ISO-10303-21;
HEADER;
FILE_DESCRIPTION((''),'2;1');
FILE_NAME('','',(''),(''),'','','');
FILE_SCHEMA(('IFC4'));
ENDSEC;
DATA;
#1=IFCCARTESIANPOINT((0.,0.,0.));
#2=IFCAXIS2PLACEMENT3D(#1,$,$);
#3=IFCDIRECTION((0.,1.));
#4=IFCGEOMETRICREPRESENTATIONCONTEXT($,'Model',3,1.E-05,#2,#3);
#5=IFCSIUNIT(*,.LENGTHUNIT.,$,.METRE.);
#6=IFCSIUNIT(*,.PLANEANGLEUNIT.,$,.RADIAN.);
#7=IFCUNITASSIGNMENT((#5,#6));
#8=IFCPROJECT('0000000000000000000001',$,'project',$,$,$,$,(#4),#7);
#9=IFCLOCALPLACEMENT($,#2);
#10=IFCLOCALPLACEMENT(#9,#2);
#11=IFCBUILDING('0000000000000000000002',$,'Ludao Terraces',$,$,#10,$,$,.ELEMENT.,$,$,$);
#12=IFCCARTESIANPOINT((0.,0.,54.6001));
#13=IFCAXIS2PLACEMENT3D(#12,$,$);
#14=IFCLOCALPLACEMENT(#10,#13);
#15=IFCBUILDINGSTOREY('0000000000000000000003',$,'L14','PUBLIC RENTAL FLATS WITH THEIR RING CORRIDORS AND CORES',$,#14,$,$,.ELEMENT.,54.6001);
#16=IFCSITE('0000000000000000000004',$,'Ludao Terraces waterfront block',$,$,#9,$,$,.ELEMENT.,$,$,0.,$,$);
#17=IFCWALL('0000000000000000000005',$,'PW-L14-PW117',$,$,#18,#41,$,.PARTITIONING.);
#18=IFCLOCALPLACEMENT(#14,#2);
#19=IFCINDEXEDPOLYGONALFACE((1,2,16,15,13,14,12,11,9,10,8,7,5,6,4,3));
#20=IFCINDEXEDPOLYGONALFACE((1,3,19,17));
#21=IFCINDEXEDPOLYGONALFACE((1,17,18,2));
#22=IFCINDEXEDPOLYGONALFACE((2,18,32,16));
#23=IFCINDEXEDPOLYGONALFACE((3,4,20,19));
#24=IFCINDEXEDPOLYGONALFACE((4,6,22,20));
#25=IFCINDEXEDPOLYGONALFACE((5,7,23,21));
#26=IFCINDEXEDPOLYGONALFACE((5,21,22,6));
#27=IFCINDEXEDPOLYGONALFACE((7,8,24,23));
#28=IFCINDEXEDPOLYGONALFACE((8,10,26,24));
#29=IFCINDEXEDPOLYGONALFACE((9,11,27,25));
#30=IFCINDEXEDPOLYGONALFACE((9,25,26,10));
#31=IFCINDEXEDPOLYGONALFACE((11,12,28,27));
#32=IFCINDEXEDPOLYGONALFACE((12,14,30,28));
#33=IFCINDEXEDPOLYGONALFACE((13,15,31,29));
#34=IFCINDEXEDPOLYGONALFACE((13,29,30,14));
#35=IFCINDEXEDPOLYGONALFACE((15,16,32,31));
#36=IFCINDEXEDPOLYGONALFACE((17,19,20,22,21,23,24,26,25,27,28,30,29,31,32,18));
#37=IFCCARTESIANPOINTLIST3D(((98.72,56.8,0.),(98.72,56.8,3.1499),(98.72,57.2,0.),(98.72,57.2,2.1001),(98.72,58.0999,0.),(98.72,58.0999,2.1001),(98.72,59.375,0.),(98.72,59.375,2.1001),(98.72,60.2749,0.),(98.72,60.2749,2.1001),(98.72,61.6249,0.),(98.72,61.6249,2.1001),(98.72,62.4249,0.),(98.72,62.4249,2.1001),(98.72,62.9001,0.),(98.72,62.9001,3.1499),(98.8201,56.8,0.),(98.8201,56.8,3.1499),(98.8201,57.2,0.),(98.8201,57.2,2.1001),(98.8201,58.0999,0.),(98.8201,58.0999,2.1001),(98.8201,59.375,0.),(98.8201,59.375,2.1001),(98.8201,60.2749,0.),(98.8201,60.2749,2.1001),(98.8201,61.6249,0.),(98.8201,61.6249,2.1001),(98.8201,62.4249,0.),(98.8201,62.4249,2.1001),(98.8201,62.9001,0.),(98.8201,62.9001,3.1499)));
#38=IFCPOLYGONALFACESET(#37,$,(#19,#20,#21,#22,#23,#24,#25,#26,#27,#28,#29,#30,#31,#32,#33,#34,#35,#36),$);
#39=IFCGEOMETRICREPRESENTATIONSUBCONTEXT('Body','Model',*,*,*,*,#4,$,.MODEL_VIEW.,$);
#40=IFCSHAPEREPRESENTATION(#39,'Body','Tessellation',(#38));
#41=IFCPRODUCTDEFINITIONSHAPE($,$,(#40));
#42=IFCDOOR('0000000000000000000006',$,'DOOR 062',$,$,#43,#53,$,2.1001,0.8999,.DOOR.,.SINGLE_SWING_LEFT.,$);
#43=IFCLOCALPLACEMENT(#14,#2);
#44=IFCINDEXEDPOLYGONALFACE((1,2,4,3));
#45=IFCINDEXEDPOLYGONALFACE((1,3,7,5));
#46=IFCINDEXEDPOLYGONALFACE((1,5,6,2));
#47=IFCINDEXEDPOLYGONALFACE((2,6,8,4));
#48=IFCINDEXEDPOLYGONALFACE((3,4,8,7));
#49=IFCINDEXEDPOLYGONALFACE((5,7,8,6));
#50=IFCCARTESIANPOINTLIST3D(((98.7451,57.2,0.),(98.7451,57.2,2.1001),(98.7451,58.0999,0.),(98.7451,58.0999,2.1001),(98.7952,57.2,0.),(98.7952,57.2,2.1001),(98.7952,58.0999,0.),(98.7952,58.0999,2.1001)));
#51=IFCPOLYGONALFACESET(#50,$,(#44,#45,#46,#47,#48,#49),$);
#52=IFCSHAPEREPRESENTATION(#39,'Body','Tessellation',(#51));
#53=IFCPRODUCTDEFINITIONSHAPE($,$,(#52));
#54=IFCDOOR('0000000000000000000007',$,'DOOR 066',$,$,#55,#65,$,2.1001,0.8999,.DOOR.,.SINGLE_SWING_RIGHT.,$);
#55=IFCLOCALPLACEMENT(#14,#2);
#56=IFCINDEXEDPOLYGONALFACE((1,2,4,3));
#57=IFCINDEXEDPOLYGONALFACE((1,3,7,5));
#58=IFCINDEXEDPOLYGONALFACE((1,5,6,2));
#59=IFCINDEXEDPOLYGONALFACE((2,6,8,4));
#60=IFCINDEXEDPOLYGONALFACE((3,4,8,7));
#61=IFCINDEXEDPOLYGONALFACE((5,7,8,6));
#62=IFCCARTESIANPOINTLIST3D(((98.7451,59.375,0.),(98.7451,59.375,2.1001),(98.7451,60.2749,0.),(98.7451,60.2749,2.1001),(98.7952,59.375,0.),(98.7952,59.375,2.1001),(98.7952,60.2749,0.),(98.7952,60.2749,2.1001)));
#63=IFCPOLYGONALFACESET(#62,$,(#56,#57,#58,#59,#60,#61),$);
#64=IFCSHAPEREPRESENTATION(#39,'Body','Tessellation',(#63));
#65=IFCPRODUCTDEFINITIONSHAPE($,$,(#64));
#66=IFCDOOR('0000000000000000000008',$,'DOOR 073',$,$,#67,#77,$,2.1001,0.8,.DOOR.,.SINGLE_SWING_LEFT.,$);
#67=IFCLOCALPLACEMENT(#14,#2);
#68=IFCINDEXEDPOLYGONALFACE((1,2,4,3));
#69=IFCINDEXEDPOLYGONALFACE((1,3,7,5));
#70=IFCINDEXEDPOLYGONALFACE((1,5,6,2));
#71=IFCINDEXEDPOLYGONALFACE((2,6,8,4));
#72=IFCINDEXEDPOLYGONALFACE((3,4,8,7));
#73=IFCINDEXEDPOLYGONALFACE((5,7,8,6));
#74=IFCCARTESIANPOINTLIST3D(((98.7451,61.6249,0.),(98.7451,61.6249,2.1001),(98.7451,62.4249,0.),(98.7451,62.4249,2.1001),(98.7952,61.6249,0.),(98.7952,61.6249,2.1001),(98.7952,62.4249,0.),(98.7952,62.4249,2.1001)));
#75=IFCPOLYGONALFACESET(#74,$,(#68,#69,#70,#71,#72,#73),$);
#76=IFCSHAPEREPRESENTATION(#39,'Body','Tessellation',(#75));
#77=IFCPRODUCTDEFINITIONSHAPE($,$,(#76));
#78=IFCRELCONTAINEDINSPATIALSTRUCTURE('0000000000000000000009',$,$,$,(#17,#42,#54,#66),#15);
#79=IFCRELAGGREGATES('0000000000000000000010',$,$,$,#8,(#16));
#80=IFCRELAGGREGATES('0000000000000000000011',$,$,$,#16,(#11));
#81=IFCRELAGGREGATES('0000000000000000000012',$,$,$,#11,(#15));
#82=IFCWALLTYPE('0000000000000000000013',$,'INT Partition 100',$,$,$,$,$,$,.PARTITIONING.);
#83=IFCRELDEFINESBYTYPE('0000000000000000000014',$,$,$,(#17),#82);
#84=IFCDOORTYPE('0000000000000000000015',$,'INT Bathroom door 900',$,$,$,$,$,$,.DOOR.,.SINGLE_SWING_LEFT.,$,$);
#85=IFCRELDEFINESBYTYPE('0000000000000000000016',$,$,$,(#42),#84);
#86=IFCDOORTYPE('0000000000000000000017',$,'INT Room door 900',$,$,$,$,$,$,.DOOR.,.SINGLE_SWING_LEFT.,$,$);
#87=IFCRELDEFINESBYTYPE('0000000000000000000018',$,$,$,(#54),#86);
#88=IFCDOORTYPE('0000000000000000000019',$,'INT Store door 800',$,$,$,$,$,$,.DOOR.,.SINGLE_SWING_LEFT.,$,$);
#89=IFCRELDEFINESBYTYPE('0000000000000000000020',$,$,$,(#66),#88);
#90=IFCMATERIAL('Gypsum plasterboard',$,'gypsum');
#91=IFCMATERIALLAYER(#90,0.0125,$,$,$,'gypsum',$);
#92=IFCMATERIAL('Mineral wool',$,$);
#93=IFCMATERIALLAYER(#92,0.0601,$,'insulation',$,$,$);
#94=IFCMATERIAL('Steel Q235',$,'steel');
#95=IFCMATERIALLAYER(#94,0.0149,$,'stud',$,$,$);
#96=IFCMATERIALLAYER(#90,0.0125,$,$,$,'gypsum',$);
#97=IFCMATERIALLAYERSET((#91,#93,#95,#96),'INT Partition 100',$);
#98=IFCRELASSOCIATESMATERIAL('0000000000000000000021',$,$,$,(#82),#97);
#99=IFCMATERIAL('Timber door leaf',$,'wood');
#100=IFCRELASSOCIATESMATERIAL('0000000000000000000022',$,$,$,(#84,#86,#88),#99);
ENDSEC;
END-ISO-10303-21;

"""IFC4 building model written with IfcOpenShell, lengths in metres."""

from ifc_helpers import new_model, si_unit, direction, frame, frame_2d, origin, place, context, subcontext, project, spatial, rectangle, extrude, material, layer, layer_set, type_object, element, fill, save


model = new_model("IFC4")

# Units and contexts
model_context = context("Model", 3, precision=1e-05, world=origin(), true_north=direction((0.0, 1.0)))
body_context = subcontext(model_context, "Body", "Model", "MODEL_VIEW")
ifc_project = project(units=[si_unit("LENGTHUNIT", "METRE"), si_unit("PLANEANGLEUNIT", "RADIAN")], contexts=[model_context])

# Site, building, storey
site_placement = place(None, origin())
site = spatial("IfcSite", under=ifc_project, at=site_placement, Name="Ludao Terraces waterfront block", CompositionType="ELEMENT", RefElevation=0.0)
building_placement = place(site_placement, origin())
building = spatial("IfcBuilding", under=site, at=building_placement, Name="Ludao Terraces", CompositionType="ELEMENT")
storey_placement = place(building_placement, frame((0.0, 0.0, 54.6001)))
storey = spatial("IfcBuildingStorey", under=building, at=storey_placement, Name="L14", Description="PUBLIC RENTAL FLATS WITH THEIR RING CORRIDORS AND CORES", CompositionType="ELEMENT", Elevation=54.6001)

# Shared definitions
ifc_material_1 = material(Name="Steel Q235", Category="steel")

# Shared definitions
ifc_material_2 = material(Name="Gypsum plasterboard", Category="gypsum")
ifc_layer_1 = layer(ifc_material_2, 0.0125, Category="gypsum")
ifc_material_3 = material(Name="Mineral wool")
ifc_layer_2 = layer(ifc_material_3, 0.0601, Name="insulation")
ifc_layer_3 = layer(ifc_material_1, 0.0149, Name="stud")
ifc_layer_4 = layer(ifc_material_2, 0.0125, Category="gypsum")
ifc_layer_set_1 = layer_set([ifc_layer_1, ifc_layer_2, ifc_layer_3, ifc_layer_4], Name="INT Partition 100")
wall_type_1 = type_object("IfcWallType", Name="INT Partition 100", PredefinedType="PARTITIONING", material=ifc_layer_set_1)

# Wall, openings, doors
wall_1_placement = place(storey_placement, frame((98.77, 56.8, 0.0), z_axis=(0.0, 0.0, 1.0), x_axis=(0.0, 1.0, 0.0)))
wall_1 = element("IfcWall", 1, at=wall_1_placement, inside=storey, type_object=wall_type_1, Name="PW-L14-PW117", PredefinedType="PARTITIONING", context=body_context, shape_type="SweptSolid", body=[
    extrude(rectangle(XDim=6.1001, YDim=0.1001, at=frame_2d((3.05, 0.0))), origin(), (0.0, 0.0, 1.0), 3.1499),
])
opening_1_placement = place(wall_1_placement, frame((0.3999, 0.0, 0.0)))
opening_1 = element("IfcOpeningElement", 2, at=opening_1_placement, cuts=wall_1, PredefinedType="OPENING", context=body_context, shape_type="SweptSolid", body=[
    extrude(rectangle(XDim=0.8999, YDim=2.1001, at=frame_2d((0.45, 1.05))), frame((0.0, 0.0601, 0.0), z_axis=(0.0, -1.0, 0.0), x_axis=(1.0, 0.0, 0.0)), (0.0, 0.0, 1.0), 0.1201),
])
opening_2_placement = place(wall_1_placement, frame((2.575, 0.0, 0.0)))
opening_2 = element("IfcOpeningElement", 3, at=opening_2_placement, cuts=wall_1, PredefinedType="OPENING", context=body_context, shape_type="SweptSolid", body=[
    extrude(rectangle(XDim=0.8999, YDim=2.1001, at=frame_2d((0.45, 1.05))), frame((0.0, 0.0601, 0.0), z_axis=(0.0, -1.0, 0.0), x_axis=(1.0, 0.0, 0.0)), (0.0, 0.0, 1.0), 0.1201),
])
opening_3_placement = place(wall_1_placement, frame((4.825, 0.0, 0.0)))
opening_3 = element("IfcOpeningElement", 4, at=opening_3_placement, cuts=wall_1, PredefinedType="OPENING", context=body_context, shape_type="SweptSolid", body=[
    extrude(rectangle(XDim=0.8, YDim=2.1001, at=frame_2d((0.3999, 1.05))), frame((0.0, 0.0601, 0.0), z_axis=(0.0, -1.0, 0.0), x_axis=(1.0, 0.0, 0.0)), (0.0, 0.0, 1.0), 0.1201),
])
ifc_material_4 = material(Name="Timber door leaf", Category="wood")
door_type_1 = type_object("IfcDoorType", Name="INT Bathroom door 900", OperationType="SINGLE_SWING_LEFT", PredefinedType="DOOR", material=ifc_material_4)
door_1_placement = place(opening_1_placement, origin())
door_1 = element("IfcDoor", 5, at=door_1_placement, inside=storey, type_object=door_type_1, Name="DOOR 062", OperationType="SINGLE_SWING_LEFT", OverallHeight=2.1001, OverallWidth=0.8999, PredefinedType="DOOR", context=body_context, shape_type="SweptSolid", body=[
    extrude(rectangle(XDim=0.8999, YDim=2.1001, at=frame_2d((0.45, 1.05))), frame((0.0, 0.0249, 0.0), z_axis=(0.0, -1.0, 0.0), x_axis=(1.0, 0.0, 0.0)), (0.0, 0.0, 1.0), 0.05),
])
fill(opening_1, door_1)
door_type_2 = type_object("IfcDoorType", Name="INT Room door 900", OperationType="SINGLE_SWING_LEFT", PredefinedType="DOOR", material=ifc_material_4)
door_2_placement = place(opening_2_placement, origin())
door_2 = element("IfcDoor", 6, at=door_2_placement, inside=storey, type_object=door_type_2, Name="DOOR 066", OperationType="SINGLE_SWING_RIGHT", OverallHeight=2.1001, OverallWidth=0.8999, PredefinedType="DOOR", context=body_context, shape_type="SweptSolid", body=[
    extrude(rectangle(XDim=0.8999, YDim=2.1001, at=frame_2d((0.45, 1.05))), frame((0.0, 0.0249, 0.0), z_axis=(0.0, -1.0, 0.0), x_axis=(1.0, 0.0, 0.0)), (0.0, 0.0, 1.0), 0.05),
])
fill(opening_2, door_2)
door_type_3 = type_object("IfcDoorType", Name="INT Store door 800", OperationType="SINGLE_SWING_LEFT", PredefinedType="DOOR", material=ifc_material_4)
door_3_placement = place(opening_3_placement, origin())
door_3 = element("IfcDoor", 7, at=door_3_placement, inside=storey, type_object=door_type_3, Name="DOOR 073", OperationType="SINGLE_SWING_LEFT", OverallHeight=2.1001, OverallWidth=0.8, PredefinedType="DOOR", context=body_context, shape_type="SweptSolid", body=[
    extrude(rectangle(XDim=0.8, YDim=2.1001, at=frame_2d((0.3999, 1.05))), frame((0.0, 0.0249, 0.0), z_axis=(0.0, -1.0, 0.0), x_axis=(1.0, 0.0, 0.0)), (0.0, 0.0, 1.0), 0.05),
])
fill(opening_3, door_3)

save(model, "model.ifc")
